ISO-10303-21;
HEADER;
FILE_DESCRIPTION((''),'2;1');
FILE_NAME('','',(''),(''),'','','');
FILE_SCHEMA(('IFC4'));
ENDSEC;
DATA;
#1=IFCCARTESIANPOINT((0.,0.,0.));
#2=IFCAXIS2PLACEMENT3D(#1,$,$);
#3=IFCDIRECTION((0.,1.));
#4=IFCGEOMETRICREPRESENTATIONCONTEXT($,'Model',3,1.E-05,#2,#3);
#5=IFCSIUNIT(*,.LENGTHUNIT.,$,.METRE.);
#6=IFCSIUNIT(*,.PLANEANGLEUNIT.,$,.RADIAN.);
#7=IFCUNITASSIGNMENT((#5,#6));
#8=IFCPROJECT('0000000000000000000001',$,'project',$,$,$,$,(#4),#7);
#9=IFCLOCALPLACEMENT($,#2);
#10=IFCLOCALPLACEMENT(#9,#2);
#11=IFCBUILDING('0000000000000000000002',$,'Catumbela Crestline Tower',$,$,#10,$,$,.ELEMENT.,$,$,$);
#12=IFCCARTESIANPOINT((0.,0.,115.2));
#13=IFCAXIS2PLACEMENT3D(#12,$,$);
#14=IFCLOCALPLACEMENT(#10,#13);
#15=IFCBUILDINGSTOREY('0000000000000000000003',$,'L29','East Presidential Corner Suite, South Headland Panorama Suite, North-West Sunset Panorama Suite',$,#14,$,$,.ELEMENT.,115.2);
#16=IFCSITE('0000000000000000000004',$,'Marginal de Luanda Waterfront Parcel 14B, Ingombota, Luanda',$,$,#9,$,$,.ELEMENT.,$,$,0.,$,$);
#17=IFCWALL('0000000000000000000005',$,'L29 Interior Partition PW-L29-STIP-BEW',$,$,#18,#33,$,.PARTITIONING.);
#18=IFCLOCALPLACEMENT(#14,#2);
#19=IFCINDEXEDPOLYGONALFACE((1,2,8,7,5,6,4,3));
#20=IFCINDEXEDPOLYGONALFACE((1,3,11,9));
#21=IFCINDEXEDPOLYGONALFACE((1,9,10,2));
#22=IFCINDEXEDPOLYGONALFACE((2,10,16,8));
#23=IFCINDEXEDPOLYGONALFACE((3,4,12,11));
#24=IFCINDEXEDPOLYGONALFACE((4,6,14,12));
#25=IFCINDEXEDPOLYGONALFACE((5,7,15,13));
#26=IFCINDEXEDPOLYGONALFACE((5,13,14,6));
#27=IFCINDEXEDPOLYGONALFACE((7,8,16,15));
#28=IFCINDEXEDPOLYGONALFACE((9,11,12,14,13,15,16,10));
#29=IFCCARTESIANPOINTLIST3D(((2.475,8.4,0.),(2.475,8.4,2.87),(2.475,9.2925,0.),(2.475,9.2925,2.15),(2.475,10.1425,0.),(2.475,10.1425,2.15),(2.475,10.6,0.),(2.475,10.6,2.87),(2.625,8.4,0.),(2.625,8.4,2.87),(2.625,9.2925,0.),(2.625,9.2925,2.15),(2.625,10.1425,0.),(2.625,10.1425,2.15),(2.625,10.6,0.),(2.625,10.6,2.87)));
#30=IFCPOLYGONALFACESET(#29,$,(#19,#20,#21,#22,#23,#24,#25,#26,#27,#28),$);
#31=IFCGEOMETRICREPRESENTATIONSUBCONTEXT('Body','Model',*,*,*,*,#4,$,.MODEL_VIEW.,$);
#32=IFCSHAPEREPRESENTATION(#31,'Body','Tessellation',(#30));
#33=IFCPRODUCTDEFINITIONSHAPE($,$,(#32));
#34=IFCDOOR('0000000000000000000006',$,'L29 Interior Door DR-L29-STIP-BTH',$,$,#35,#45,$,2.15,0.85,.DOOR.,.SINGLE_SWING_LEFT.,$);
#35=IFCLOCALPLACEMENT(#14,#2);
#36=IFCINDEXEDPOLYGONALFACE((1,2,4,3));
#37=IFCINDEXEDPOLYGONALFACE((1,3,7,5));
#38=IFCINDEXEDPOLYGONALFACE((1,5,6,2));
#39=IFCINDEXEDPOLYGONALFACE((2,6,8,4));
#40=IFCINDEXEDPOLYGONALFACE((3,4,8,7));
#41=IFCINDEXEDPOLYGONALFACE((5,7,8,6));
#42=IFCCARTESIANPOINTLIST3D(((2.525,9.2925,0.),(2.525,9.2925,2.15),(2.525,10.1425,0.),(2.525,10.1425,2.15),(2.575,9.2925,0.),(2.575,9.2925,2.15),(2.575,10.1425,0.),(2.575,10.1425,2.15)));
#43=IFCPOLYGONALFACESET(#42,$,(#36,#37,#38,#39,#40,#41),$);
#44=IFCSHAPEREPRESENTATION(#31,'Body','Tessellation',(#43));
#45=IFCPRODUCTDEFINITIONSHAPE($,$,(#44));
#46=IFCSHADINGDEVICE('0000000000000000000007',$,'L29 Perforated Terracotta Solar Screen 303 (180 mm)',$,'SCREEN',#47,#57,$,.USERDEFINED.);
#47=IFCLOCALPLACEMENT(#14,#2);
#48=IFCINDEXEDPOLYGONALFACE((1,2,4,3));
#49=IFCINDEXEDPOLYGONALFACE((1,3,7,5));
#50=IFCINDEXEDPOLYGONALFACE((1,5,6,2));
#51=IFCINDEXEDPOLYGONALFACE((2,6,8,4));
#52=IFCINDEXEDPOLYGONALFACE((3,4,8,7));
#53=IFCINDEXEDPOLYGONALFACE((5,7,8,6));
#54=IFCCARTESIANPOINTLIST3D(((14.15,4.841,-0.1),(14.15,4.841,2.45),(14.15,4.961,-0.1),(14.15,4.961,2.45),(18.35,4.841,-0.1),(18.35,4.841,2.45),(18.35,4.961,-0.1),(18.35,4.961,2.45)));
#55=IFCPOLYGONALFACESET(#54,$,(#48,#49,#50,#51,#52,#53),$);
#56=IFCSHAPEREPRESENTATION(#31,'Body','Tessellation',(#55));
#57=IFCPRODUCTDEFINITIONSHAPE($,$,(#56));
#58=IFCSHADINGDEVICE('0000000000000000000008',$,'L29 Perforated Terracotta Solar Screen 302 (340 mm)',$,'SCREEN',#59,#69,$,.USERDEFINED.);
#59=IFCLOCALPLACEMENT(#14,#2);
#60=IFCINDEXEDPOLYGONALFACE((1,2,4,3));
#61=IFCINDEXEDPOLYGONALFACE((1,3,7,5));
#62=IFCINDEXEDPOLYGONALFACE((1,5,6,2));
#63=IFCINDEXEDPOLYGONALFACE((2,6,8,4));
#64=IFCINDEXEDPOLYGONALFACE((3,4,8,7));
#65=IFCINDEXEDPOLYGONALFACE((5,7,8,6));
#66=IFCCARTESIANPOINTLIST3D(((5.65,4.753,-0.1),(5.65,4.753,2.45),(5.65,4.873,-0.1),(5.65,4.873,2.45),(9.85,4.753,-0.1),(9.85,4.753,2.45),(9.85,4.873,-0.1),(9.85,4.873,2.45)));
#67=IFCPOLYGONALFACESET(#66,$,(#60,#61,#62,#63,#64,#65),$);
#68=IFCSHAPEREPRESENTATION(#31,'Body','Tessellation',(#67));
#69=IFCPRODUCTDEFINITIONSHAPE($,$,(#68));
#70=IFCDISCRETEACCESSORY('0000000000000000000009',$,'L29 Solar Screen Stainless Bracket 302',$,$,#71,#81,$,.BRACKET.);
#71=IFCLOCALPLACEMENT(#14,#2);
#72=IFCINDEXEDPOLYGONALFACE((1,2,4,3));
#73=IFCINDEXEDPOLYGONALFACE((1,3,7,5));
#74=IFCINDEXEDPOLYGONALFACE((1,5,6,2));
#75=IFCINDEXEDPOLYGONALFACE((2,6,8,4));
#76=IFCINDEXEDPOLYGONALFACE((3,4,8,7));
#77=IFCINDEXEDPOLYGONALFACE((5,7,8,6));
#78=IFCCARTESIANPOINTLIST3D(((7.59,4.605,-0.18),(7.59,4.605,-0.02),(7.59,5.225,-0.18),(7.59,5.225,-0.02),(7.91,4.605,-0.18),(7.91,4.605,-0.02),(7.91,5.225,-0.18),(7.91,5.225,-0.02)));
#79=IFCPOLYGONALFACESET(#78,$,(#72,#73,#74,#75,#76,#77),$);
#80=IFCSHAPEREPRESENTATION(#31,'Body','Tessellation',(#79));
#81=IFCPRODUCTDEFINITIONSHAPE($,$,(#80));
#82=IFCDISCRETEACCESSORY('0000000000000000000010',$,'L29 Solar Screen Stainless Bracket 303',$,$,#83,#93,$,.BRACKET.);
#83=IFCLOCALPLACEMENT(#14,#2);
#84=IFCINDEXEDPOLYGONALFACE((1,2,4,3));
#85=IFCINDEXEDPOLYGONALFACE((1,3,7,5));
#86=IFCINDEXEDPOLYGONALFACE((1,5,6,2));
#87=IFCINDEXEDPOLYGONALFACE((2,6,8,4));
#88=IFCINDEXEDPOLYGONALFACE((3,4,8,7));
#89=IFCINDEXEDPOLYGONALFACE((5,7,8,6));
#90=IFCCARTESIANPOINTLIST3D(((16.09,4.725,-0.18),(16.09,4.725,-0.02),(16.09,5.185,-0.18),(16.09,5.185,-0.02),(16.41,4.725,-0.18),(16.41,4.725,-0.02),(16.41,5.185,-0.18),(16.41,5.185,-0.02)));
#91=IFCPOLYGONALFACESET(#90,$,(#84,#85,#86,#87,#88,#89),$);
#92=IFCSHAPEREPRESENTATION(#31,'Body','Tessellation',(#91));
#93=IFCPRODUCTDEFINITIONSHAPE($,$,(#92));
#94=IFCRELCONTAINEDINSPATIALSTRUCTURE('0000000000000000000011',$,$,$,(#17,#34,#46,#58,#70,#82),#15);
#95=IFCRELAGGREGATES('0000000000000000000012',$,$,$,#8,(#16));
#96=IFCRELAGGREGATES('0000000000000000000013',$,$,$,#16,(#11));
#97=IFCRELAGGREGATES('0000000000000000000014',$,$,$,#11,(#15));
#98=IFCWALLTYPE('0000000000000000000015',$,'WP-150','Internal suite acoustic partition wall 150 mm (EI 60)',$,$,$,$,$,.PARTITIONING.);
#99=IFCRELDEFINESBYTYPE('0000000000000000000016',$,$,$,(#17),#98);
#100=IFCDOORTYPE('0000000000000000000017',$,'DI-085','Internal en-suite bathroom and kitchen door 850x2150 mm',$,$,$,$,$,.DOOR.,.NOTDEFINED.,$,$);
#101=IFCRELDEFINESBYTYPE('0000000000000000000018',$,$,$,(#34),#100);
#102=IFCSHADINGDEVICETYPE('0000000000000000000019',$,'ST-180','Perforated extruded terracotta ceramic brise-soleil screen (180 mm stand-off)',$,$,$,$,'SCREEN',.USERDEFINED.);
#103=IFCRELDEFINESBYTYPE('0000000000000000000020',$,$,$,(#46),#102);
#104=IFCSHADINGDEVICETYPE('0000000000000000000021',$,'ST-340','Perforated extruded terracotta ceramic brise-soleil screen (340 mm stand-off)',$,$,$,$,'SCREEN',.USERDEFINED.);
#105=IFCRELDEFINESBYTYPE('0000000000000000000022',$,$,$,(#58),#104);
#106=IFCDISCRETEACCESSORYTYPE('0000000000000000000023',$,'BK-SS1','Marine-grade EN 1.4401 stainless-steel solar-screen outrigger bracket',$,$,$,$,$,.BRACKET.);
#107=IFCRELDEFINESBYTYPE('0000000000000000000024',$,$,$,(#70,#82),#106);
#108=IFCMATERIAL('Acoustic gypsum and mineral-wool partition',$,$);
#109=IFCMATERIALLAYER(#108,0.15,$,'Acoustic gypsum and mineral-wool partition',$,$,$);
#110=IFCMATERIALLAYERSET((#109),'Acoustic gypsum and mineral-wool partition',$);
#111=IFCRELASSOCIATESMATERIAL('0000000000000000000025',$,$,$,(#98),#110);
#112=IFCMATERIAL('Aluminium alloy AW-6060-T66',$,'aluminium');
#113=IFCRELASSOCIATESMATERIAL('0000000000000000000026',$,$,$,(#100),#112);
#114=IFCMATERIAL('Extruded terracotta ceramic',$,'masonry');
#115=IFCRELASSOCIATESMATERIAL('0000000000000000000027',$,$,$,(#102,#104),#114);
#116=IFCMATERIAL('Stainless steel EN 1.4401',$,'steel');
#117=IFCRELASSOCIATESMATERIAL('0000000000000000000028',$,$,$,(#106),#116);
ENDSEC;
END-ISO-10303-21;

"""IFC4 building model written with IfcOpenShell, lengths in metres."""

from ifc_helpers import new_model, si_unit, direction, frame, frame_2d, origin, origin_2d, place, context, subcontext, project, spatial, rectangle, extrude, material, layer, layer_set, type_object, element, fill, save


model = new_model("IFC4")

# Units and contexts
model_context = context("Model", 3, precision=1e-05, world=origin(), true_north=direction((0.0, 1.0)))
body_context = subcontext(model_context, "Body", "Model", "MODEL_VIEW")
ifc_project = project(units=[si_unit("LENGTHUNIT", "METRE"), si_unit("PLANEANGLEUNIT", "RADIAN")], contexts=[model_context])

# Site, building, storey
site_placement = place(None, origin())
site = spatial("IfcSite", under=ifc_project, at=site_placement, Name="Marginal de Luanda Waterfront Parcel 14B, Ingombota, Luanda", CompositionType="ELEMENT", RefElevation=0.0)
building_placement = place(site_placement, origin())
building = spatial("IfcBuilding", under=site, at=building_placement, Name="Catumbela Crestline Tower", CompositionType="ELEMENT")
storey_placement = place(building_placement, frame((0.0, 0.0, 115.2)))
storey = spatial("IfcBuildingStorey", under=building, at=storey_placement, Name="L29", Description="East Presidential Corner Suite, South Headland Panorama Suite, North-West Sunset Panorama Suite", CompositionType="ELEMENT", Elevation=115.2)

# Shared definitions
ifc_material_1 = material(Name="Aluminium alloy AW-6060-T66", Category="aluminium")

# Wall, opening, door
ifc_material_2 = material(Name="Acoustic gypsum and mineral-wool partition")
ifc_layer_1 = layer(ifc_material_2, 0.15, Name="Acoustic gypsum and mineral-wool partition")
ifc_layer_set_1 = layer_set([ifc_layer_1], Name="Acoustic gypsum and mineral-wool partition")
wall_type = type_object("IfcWallType", Name="WP-150", Description="Internal suite acoustic partition wall 150 mm (EI 60)", PredefinedType="PARTITIONING", material=ifc_layer_set_1)
wall_placement = place(storey_placement, frame((2.55, 8.4, 0.0), z_axis=(0.0, 0.0, 1.0), x_axis=(0.0, 1.0, 0.0)))
wall = element("IfcWall", 1, at=wall_placement, inside=storey, type_object=wall_type, Name="L29 Interior Partition PW-L29-STIP-BEW", PredefinedType="PARTITIONING", context=body_context, shape_type="SweptSolid", body=[
    extrude(rectangle(XDim=2.2, YDim=0.15, at=frame_2d((1.1, 0.0))), origin(), (0.0, 0.0, 1.0), 2.87),
])
opening_placement = place(wall_placement, frame((0.8925, 0.0, 0.0)))
opening = element("IfcOpeningElement", 2, at=opening_placement, cuts=wall, PredefinedType="OPENING", context=body_context, shape_type="SweptSolid", body=[
    extrude(rectangle(XDim=0.85, YDim=2.15, at=frame_2d((0.425, 1.075))), frame((0.0, 0.085, 0.0), z_axis=(0.0, -1.0, 0.0), x_axis=(1.0, 0.0, 0.0)), (0.0, 0.0, 1.0), 0.17),
])
door_type = type_object("IfcDoorType", Name="DI-085", Description="Internal en-suite bathroom and kitchen door 850x2150 mm", OperationType="NOTDEFINED", PredefinedType="DOOR", material=ifc_material_1)
door_placement = place(opening_placement, origin())
door = element("IfcDoor", 3, at=door_placement, inside=storey, type_object=door_type, Name="L29 Interior Door DR-L29-STIP-BTH", OperationType="SINGLE_SWING_LEFT", OverallHeight=2.15, OverallWidth=0.85, PredefinedType="DOOR", context=body_context, shape_type="SweptSolid", body=[
    extrude(rectangle(XDim=0.85, YDim=2.15, at=frame_2d((0.425, 1.075))), frame((0.0, 0.025, 0.0), z_axis=(0.0, -1.0, 0.0), x_axis=(1.0, 0.0, 0.0)), (0.0, 0.0, 1.0), 0.05),
])
fill(opening, door)

# Shading devices
ifc_material_3 = material(Name="Extruded terracotta ceramic", Category="masonry")
shading_device_type_1 = type_object("IfcShadingDeviceType", Name="ST-180", Description="Perforated extruded terracotta ceramic brise-soleil screen (180 mm stand-off)", ElementType="SCREEN", PredefinedType="USERDEFINED", material=ifc_material_3)
shading_device_1_placement = place(storey_placement, frame((16.25, 4.901, -0.1), z_axis=(0.0, 0.0, 1.0), x_axis=(1.0, 0.0, 0.0)))
element("IfcShadingDevice", 4, at=shading_device_1_placement, inside=storey, type_object=shading_device_type_1, Name="L29 Perforated Terracotta Solar Screen 303 (180 mm)", ObjectType="SCREEN", PredefinedType="USERDEFINED", context=body_context, shape_type="SweptSolid", body=[
    extrude(rectangle(XDim=4.2, YDim=0.12, at=origin_2d()), origin(), (0.0, 0.0, 1.0), 2.55),
])
shading_device_type_2 = type_object("IfcShadingDeviceType", Name="ST-340", Description="Perforated extruded terracotta ceramic brise-soleil screen (340 mm stand-off)", ElementType="SCREEN", PredefinedType="USERDEFINED", material=ifc_material_3)
shading_device_2_placement = place(storey_placement, frame((7.75, 4.813, -0.1), z_axis=(0.0, 0.0, 1.0), x_axis=(1.0, 0.0, 0.0)))
element("IfcShadingDevice", 5, at=shading_device_2_placement, inside=storey, type_object=shading_device_type_2, Name="L29 Perforated Terracotta Solar Screen 302 (340 mm)", ObjectType="SCREEN", PredefinedType="USERDEFINED", context=body_context, shape_type="SweptSolid", body=[
    extrude(rectangle(XDim=4.2, YDim=0.12, at=origin_2d()), origin(), (0.0, 0.0, 1.0), 2.55),
])

# Discrete accessories
ifc_material_4 = material(Name="Stainless steel EN 1.4401", Category="steel")
discrete_accessory_type = type_object("IfcDiscreteAccessoryType", Name="BK-SS1", Description="Marine-grade EN 1.4401 stainless-steel solar-screen outrigger bracket", PredefinedType="BRACKET", material=ifc_material_4)
discrete_accessory_1_placement = place(storey_placement, frame((7.75, 4.915, -0.18), z_axis=(0.0, 0.0, 1.0), x_axis=(1.0, 0.0, 0.0)))
element("IfcDiscreteAccessory", 6, at=discrete_accessory_1_placement, inside=storey, type_object=discrete_accessory_type, Name="L29 Solar Screen Stainless Bracket 302", PredefinedType="BRACKET", context=body_context, shape_type="SweptSolid", body=[
    extrude(rectangle(XDim=0.32, YDim=0.62, at=origin_2d()), origin(), (0.0, 0.0, 1.0), 0.16),
])
discrete_accessory_2_placement = place(storey_placement, frame((16.25, 4.955, -0.18), z_axis=(0.0, 0.0, 1.0), x_axis=(1.0, 0.0, 0.0)))
element("IfcDiscreteAccessory", 7, at=discrete_accessory_2_placement, inside=storey, type_object=discrete_accessory_type, Name="L29 Solar Screen Stainless Bracket 303", PredefinedType="BRACKET", context=body_context, shape_type="SweptSolid", body=[
    extrude(rectangle(XDim=0.32, YDim=0.46, at=origin_2d()), origin(), (0.0, 0.0, 1.0), 0.16),
])

save(model, "model.ifc")
